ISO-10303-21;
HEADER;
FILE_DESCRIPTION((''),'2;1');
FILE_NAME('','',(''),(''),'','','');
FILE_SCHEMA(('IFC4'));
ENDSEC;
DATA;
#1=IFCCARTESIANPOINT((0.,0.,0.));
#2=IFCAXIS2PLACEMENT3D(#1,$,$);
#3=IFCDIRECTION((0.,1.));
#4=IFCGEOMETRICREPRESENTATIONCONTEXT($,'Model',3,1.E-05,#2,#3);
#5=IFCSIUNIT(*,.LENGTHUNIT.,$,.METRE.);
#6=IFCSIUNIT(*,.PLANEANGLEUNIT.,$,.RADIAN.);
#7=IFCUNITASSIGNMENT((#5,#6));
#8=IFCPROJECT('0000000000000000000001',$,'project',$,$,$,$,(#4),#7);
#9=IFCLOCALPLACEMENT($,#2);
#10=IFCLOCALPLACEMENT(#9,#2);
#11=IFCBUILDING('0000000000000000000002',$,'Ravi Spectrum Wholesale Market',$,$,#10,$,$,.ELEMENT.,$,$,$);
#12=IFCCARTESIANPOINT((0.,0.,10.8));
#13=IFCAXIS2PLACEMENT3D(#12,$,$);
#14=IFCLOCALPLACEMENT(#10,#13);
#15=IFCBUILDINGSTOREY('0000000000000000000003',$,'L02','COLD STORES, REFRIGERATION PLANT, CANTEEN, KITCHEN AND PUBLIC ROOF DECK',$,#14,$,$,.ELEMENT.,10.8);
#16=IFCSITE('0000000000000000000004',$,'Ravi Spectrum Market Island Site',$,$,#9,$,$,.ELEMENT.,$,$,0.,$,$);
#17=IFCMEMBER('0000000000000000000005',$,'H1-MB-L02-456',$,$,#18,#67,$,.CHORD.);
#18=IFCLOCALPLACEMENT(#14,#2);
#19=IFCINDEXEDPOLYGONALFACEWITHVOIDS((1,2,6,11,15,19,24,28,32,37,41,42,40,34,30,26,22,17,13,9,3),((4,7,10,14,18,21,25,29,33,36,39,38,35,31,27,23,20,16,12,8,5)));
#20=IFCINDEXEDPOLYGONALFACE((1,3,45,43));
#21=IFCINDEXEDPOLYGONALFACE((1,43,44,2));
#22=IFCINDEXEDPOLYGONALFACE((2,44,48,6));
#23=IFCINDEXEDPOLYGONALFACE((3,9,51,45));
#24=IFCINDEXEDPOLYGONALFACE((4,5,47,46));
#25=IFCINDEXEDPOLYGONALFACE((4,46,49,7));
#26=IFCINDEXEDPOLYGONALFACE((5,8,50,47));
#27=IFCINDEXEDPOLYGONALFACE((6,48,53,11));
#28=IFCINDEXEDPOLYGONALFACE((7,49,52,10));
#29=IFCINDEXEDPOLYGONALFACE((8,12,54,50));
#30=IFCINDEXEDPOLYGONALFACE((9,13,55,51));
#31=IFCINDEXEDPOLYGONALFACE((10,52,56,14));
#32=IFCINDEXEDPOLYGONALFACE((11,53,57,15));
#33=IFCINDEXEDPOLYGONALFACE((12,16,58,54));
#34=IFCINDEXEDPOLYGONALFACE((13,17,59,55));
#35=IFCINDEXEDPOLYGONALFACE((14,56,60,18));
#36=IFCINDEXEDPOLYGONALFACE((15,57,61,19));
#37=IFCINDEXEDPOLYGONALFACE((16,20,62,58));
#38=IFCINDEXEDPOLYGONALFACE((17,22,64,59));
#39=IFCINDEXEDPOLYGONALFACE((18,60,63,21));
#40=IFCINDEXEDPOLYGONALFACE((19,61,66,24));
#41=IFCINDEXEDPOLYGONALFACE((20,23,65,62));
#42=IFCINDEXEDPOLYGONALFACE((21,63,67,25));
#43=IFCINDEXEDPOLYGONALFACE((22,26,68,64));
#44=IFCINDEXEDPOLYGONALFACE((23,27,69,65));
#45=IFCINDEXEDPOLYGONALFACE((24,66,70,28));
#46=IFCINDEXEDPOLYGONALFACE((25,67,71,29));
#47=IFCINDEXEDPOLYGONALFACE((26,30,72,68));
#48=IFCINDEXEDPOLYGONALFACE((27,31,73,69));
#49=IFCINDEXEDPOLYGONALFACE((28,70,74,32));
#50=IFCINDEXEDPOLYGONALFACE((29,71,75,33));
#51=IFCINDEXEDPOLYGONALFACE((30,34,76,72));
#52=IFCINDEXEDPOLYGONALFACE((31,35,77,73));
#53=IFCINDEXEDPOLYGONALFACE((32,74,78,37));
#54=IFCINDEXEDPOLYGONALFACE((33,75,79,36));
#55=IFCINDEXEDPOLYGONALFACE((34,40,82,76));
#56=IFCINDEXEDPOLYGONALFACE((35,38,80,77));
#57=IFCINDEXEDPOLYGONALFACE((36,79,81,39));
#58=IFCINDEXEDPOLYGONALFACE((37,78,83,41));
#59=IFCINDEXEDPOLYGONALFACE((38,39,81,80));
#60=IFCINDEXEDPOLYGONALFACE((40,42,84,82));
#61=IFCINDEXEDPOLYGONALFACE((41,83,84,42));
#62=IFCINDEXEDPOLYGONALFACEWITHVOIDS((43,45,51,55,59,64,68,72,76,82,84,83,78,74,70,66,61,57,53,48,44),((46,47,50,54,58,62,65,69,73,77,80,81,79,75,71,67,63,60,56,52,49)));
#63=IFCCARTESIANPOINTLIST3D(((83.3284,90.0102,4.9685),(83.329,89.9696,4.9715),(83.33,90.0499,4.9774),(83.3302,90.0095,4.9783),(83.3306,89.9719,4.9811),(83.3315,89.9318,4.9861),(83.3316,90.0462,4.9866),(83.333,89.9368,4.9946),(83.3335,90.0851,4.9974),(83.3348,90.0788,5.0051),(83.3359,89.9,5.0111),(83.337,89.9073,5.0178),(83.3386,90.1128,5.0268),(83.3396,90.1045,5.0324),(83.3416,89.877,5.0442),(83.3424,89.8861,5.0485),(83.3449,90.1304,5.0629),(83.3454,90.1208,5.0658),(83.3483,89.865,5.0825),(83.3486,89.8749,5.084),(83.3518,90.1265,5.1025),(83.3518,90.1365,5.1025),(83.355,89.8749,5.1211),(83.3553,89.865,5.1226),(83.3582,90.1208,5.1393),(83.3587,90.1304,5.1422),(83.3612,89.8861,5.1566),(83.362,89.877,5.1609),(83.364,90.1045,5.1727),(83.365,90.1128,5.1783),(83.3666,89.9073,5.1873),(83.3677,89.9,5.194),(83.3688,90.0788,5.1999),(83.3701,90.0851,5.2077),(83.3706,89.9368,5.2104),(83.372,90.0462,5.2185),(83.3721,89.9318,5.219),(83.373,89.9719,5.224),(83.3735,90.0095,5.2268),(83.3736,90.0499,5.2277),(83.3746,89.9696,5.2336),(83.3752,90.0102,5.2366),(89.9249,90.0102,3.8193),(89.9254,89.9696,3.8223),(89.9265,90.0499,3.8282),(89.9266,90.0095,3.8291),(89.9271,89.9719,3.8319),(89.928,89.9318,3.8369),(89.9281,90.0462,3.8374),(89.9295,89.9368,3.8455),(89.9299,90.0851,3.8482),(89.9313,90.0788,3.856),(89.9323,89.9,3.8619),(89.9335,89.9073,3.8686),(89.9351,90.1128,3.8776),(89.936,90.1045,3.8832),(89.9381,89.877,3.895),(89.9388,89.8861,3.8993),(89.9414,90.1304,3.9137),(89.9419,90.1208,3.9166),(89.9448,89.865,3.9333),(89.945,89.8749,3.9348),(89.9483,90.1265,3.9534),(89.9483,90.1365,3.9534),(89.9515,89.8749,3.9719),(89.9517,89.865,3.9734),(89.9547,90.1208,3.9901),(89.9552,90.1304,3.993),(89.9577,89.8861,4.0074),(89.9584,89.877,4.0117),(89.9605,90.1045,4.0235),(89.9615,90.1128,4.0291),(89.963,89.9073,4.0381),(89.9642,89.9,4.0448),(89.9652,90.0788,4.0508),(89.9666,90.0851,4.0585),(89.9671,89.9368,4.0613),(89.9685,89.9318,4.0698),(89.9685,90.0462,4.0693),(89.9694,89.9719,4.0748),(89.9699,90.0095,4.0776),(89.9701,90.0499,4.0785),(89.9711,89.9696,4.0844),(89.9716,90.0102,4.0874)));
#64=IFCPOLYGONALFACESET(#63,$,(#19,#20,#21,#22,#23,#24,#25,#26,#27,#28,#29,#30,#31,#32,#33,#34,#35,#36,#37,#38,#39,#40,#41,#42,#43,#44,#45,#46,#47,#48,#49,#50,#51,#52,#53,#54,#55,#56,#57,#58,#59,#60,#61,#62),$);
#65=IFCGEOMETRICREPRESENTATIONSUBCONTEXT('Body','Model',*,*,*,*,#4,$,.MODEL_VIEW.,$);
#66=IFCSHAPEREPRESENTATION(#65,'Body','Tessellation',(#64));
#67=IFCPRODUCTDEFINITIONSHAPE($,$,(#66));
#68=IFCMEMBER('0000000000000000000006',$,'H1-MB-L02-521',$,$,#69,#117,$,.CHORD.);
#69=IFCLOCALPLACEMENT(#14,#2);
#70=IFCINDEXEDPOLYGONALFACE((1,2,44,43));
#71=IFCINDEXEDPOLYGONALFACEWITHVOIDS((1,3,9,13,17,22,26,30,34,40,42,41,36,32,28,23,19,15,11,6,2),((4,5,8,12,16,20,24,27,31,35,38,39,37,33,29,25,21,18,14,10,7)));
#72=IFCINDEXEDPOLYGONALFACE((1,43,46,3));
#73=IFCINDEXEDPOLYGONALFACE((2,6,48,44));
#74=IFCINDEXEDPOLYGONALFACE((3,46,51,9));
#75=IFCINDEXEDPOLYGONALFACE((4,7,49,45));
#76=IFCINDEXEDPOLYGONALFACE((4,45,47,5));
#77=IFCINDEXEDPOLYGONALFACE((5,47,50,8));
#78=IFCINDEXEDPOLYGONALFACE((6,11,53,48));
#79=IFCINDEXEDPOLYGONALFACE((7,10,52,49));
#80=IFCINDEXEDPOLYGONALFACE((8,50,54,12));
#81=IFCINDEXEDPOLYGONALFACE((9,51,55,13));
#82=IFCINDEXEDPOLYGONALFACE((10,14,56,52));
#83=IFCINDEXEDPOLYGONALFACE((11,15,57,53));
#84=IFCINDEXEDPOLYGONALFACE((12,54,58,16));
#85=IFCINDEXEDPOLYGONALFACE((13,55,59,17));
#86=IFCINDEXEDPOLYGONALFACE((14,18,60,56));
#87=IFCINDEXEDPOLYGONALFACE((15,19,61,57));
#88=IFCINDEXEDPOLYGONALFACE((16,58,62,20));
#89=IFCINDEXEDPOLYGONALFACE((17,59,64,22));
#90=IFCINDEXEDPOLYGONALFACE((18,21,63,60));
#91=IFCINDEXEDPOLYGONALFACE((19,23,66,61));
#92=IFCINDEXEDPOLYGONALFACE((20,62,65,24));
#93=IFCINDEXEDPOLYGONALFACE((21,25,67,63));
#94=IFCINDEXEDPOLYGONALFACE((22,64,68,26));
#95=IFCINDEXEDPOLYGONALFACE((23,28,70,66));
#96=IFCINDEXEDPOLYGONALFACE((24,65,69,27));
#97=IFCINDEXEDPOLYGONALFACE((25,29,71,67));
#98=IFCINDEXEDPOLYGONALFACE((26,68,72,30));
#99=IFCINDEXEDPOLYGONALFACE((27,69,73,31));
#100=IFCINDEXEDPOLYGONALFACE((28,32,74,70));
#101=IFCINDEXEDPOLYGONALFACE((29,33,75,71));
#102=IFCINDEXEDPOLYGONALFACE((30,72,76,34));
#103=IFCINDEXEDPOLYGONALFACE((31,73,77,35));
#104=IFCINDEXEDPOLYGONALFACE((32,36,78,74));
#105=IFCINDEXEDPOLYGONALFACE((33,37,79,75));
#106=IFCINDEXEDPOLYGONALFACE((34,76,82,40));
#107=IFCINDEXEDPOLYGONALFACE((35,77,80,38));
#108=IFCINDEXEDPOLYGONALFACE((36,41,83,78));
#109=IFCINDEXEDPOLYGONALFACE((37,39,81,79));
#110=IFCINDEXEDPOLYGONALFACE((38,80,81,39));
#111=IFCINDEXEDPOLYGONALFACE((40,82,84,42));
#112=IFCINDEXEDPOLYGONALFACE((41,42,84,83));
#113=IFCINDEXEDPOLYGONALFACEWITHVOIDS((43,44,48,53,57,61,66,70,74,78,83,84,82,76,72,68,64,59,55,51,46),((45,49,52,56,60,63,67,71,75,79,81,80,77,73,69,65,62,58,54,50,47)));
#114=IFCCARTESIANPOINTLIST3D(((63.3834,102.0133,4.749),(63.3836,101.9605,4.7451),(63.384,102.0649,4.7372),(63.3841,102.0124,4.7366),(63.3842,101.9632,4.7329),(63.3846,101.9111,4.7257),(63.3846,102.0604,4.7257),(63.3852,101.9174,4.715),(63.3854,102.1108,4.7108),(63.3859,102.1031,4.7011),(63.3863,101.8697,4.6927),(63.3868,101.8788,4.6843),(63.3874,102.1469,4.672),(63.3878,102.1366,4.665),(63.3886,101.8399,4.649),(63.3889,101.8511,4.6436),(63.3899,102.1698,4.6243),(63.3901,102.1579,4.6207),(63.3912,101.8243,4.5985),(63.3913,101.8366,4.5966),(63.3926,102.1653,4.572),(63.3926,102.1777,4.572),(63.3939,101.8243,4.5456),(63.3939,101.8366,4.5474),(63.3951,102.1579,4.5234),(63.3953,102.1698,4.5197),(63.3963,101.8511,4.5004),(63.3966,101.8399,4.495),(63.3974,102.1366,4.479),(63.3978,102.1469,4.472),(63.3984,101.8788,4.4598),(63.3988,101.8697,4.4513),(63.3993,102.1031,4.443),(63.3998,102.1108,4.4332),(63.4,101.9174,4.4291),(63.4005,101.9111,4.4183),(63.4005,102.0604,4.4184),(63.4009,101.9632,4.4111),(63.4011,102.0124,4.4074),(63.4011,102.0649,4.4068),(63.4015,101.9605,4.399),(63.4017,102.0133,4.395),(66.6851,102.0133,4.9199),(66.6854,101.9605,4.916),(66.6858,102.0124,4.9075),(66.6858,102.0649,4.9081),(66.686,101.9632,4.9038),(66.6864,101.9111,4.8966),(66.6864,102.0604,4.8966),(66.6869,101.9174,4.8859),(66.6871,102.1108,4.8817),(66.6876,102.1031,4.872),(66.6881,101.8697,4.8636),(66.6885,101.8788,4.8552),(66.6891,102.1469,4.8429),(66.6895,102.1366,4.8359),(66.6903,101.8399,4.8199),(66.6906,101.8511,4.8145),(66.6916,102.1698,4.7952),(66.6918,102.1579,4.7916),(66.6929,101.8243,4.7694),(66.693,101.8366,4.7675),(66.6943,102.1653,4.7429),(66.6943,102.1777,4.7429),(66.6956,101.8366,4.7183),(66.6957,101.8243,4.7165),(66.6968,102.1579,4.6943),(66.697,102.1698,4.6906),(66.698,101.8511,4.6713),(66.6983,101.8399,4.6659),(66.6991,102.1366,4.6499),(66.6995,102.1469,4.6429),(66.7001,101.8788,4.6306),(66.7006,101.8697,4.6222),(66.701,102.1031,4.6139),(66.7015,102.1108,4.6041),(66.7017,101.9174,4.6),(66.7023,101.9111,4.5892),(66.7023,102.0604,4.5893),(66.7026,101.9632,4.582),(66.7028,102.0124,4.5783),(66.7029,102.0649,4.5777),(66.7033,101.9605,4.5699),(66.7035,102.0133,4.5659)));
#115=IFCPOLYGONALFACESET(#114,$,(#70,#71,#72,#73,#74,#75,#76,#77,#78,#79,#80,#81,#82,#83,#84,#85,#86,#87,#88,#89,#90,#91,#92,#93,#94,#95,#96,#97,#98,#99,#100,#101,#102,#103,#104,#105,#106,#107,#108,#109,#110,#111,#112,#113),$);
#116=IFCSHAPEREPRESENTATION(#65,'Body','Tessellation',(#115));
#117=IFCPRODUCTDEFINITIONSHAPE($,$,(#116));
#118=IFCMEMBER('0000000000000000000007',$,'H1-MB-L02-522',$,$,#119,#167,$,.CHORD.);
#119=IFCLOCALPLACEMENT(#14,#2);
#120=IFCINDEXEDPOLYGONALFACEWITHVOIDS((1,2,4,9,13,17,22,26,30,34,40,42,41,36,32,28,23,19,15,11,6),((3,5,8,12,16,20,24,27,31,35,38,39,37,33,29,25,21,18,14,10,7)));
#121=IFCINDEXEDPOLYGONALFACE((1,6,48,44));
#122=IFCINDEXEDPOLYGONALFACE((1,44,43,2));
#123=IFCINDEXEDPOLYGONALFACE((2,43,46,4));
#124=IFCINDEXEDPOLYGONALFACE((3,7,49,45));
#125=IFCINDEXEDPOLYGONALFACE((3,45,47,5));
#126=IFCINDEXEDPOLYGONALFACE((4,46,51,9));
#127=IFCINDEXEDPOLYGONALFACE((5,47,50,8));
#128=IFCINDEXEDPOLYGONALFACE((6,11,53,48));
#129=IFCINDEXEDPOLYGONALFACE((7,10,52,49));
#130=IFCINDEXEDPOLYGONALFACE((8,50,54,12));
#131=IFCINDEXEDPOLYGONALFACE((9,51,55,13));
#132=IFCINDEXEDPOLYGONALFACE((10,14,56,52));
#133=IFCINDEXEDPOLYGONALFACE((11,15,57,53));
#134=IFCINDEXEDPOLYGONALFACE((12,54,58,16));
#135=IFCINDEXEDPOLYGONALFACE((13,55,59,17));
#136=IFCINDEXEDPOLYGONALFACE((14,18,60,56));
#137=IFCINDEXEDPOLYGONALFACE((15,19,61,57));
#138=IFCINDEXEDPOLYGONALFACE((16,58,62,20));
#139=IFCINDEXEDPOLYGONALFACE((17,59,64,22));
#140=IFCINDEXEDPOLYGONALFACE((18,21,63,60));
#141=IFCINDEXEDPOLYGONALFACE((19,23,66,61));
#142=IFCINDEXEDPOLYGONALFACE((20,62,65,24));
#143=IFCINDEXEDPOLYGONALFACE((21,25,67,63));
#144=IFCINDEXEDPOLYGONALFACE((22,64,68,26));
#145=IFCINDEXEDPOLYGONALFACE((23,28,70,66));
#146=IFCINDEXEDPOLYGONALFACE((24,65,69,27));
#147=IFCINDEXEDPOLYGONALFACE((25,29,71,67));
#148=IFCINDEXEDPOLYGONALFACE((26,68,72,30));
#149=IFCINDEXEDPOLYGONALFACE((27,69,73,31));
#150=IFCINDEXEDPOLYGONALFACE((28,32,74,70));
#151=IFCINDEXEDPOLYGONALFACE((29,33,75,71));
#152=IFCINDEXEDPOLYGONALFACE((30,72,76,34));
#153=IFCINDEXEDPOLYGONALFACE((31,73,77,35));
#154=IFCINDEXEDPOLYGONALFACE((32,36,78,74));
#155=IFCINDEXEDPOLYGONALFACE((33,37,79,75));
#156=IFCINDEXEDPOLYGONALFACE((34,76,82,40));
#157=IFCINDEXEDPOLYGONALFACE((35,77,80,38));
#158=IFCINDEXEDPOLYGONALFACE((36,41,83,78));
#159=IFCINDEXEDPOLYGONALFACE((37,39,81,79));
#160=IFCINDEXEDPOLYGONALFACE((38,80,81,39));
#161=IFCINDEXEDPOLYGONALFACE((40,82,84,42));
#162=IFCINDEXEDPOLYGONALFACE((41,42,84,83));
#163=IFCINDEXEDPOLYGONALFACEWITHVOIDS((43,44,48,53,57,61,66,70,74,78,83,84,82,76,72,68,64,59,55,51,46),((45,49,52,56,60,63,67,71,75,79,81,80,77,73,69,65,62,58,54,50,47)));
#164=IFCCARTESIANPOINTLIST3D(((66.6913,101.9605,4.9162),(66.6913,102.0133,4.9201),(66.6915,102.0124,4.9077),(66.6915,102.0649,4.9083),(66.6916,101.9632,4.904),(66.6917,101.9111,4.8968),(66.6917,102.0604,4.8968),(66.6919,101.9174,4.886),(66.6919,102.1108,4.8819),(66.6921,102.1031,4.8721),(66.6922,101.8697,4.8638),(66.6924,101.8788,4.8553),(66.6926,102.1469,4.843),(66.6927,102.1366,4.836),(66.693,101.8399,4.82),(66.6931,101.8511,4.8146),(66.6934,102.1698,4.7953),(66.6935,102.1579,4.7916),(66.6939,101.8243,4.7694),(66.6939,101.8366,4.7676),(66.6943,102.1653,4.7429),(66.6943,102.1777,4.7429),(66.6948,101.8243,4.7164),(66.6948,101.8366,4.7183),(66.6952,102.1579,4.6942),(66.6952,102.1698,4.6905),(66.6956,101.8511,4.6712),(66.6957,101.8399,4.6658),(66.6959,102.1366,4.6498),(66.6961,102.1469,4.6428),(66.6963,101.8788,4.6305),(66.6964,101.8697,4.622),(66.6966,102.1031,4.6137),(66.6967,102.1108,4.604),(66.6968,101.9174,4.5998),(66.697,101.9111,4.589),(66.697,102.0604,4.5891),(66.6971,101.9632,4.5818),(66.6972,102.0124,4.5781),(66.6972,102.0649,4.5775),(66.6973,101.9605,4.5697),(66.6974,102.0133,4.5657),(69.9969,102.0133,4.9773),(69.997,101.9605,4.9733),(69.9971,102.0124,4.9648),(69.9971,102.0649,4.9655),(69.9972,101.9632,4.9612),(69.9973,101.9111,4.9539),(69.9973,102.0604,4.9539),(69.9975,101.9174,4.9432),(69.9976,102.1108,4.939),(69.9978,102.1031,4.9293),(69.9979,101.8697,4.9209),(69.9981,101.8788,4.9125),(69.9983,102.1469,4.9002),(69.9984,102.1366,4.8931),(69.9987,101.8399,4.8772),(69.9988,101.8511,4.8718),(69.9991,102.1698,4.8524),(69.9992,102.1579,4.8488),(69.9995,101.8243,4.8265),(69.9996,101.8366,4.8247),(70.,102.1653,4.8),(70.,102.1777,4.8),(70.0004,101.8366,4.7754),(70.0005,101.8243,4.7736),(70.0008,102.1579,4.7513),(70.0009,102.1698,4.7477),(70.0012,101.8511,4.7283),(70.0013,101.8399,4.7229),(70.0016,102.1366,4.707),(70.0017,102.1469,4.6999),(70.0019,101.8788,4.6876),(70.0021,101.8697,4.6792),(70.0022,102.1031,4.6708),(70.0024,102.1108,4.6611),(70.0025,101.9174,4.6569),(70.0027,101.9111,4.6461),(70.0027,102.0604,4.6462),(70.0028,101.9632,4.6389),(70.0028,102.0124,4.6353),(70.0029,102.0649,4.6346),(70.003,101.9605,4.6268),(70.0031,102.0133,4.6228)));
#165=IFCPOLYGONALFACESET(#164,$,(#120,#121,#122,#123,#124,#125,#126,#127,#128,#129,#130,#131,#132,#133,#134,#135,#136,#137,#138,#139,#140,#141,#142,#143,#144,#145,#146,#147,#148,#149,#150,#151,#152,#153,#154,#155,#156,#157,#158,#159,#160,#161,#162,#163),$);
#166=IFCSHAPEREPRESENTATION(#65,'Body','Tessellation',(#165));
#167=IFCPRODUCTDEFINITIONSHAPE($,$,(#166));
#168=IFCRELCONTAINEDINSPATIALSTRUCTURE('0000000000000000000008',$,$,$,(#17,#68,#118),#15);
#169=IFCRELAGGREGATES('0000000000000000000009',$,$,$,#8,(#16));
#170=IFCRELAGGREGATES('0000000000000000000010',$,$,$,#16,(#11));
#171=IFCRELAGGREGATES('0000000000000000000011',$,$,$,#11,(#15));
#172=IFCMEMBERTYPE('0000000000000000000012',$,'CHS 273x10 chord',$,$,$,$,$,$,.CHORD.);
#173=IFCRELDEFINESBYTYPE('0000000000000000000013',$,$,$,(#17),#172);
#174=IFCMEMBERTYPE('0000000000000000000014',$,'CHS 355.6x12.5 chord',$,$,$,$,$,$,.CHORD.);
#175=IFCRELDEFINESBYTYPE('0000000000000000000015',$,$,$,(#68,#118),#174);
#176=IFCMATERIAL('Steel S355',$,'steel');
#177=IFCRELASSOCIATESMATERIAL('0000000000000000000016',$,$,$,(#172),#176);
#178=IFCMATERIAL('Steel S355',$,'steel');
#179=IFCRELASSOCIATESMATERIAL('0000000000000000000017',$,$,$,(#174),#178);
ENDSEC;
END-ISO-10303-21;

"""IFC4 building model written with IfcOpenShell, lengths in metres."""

from ifc_helpers import new_model, si_unit, direction, frame, origin, origin_2d, place, context, subcontext, project, spatial, hollow_circle, extrude, material, material_profile, profile_set, type_object, element, save


model = new_model("IFC4")

# Units and contexts
model_context = context("Model", 3, precision=1e-05, world=origin(), true_north=direction((0.0, 1.0)))
body_context = subcontext(model_context, "Body", "Model", "MODEL_VIEW")
ifc_project = project(units=[si_unit("LENGTHUNIT", "METRE"), si_unit("PLANEANGLEUNIT", "RADIAN")], contexts=[model_context])

# Site, building, storey
site_placement = place(None, origin())
site = spatial("IfcSite", under=ifc_project, at=site_placement, Name="Ravi Spectrum Market Island Site", CompositionType="ELEMENT", RefElevation=0.0)
building_placement = place(site_placement, origin())
building = spatial("IfcBuilding", under=site, at=building_placement, Name="Ravi Spectrum Wholesale Market", CompositionType="ELEMENT")
storey_placement = place(building_placement, frame((0.0, 0.0, 10.8)))
storey = spatial("IfcBuildingStorey", under=building, at=storey_placement, Name="L02", Description="COLD STORES, REFRIGERATION PLANT, CANTEEN, KITCHEN AND PUBLIC ROOF DECK", CompositionType="ELEMENT", Elevation=10.8)

# Members
ifc_material_1 = material(Name="Steel S355", Category="steel")
ifc_material_profile_1 = material_profile(ifc_material_1, hollow_circle(Radius=0.1365, WallThickness=0.01, at=origin_2d()))
ifc_profile_set_1 = profile_set([ifc_material_profile_1], Name="Steel S355")
member_type_1 = type_object("IfcMemberType", Name="CHS 273x10 chord", PredefinedType="CHORD", material=ifc_profile_set_1)
member_1_placement = place(storey_placement, frame((83.3518, 90.0, 5.1025), z_axis=(0.985162, 0.0, -0.171626), x_axis=(0.0, 1.0, 0.0)))
element("IfcMember", 1, at=member_1_placement, inside=storey, type_object=member_type_1, Name="H1-MB-L02-456", PredefinedType="CHORD", context=body_context, shape_type="SweptSolid", body=[
    extrude(hollow_circle(Radius=0.1365, WallThickness=0.01, at=origin_2d()), origin(), (0.0, 0.0, 1.0), 6.6958),
])
ifc_material_2 = material(Name="Steel S355", Category="steel")
ifc_material_profile_2 = material_profile(ifc_material_2, hollow_circle(Radius=0.1777, WallThickness=0.0125, at=origin_2d()))
ifc_profile_set_2 = profile_set([ifc_material_profile_2], Name="Steel S355")
member_type_2 = type_object("IfcMemberType", Name="CHS 355.6x12.5 chord", PredefinedType="CHORD", material=ifc_profile_set_2)
for number, where, z_axis, x_axis, name in (
    (2, (63.3926, 102.0, 4.572), (0.998663, 0.0, 0.051691), (0.0, 1.0, 0.0), "H1-MB-L02-521"),
    (3, (66.6943, 102.0, 4.7429), (0.999851, 0.0, 0.01728), (0.0, 1.0, 0.0), "H1-MB-L02-522"),
):
    element("IfcMember", number, at=place(storey_placement, frame(where, z_axis=z_axis, x_axis=x_axis)), inside=storey, type_object=member_type_2, Name=name, PredefinedType="CHORD", context=body_context, shape_type="SweptSolid", body=[
        extrude(hollow_circle(Radius=0.1777, WallThickness=0.0125, at=origin_2d()), origin(), (0.0, 0.0, 1.0), 3.3062),
    ])

save(model, "model.ifc")
